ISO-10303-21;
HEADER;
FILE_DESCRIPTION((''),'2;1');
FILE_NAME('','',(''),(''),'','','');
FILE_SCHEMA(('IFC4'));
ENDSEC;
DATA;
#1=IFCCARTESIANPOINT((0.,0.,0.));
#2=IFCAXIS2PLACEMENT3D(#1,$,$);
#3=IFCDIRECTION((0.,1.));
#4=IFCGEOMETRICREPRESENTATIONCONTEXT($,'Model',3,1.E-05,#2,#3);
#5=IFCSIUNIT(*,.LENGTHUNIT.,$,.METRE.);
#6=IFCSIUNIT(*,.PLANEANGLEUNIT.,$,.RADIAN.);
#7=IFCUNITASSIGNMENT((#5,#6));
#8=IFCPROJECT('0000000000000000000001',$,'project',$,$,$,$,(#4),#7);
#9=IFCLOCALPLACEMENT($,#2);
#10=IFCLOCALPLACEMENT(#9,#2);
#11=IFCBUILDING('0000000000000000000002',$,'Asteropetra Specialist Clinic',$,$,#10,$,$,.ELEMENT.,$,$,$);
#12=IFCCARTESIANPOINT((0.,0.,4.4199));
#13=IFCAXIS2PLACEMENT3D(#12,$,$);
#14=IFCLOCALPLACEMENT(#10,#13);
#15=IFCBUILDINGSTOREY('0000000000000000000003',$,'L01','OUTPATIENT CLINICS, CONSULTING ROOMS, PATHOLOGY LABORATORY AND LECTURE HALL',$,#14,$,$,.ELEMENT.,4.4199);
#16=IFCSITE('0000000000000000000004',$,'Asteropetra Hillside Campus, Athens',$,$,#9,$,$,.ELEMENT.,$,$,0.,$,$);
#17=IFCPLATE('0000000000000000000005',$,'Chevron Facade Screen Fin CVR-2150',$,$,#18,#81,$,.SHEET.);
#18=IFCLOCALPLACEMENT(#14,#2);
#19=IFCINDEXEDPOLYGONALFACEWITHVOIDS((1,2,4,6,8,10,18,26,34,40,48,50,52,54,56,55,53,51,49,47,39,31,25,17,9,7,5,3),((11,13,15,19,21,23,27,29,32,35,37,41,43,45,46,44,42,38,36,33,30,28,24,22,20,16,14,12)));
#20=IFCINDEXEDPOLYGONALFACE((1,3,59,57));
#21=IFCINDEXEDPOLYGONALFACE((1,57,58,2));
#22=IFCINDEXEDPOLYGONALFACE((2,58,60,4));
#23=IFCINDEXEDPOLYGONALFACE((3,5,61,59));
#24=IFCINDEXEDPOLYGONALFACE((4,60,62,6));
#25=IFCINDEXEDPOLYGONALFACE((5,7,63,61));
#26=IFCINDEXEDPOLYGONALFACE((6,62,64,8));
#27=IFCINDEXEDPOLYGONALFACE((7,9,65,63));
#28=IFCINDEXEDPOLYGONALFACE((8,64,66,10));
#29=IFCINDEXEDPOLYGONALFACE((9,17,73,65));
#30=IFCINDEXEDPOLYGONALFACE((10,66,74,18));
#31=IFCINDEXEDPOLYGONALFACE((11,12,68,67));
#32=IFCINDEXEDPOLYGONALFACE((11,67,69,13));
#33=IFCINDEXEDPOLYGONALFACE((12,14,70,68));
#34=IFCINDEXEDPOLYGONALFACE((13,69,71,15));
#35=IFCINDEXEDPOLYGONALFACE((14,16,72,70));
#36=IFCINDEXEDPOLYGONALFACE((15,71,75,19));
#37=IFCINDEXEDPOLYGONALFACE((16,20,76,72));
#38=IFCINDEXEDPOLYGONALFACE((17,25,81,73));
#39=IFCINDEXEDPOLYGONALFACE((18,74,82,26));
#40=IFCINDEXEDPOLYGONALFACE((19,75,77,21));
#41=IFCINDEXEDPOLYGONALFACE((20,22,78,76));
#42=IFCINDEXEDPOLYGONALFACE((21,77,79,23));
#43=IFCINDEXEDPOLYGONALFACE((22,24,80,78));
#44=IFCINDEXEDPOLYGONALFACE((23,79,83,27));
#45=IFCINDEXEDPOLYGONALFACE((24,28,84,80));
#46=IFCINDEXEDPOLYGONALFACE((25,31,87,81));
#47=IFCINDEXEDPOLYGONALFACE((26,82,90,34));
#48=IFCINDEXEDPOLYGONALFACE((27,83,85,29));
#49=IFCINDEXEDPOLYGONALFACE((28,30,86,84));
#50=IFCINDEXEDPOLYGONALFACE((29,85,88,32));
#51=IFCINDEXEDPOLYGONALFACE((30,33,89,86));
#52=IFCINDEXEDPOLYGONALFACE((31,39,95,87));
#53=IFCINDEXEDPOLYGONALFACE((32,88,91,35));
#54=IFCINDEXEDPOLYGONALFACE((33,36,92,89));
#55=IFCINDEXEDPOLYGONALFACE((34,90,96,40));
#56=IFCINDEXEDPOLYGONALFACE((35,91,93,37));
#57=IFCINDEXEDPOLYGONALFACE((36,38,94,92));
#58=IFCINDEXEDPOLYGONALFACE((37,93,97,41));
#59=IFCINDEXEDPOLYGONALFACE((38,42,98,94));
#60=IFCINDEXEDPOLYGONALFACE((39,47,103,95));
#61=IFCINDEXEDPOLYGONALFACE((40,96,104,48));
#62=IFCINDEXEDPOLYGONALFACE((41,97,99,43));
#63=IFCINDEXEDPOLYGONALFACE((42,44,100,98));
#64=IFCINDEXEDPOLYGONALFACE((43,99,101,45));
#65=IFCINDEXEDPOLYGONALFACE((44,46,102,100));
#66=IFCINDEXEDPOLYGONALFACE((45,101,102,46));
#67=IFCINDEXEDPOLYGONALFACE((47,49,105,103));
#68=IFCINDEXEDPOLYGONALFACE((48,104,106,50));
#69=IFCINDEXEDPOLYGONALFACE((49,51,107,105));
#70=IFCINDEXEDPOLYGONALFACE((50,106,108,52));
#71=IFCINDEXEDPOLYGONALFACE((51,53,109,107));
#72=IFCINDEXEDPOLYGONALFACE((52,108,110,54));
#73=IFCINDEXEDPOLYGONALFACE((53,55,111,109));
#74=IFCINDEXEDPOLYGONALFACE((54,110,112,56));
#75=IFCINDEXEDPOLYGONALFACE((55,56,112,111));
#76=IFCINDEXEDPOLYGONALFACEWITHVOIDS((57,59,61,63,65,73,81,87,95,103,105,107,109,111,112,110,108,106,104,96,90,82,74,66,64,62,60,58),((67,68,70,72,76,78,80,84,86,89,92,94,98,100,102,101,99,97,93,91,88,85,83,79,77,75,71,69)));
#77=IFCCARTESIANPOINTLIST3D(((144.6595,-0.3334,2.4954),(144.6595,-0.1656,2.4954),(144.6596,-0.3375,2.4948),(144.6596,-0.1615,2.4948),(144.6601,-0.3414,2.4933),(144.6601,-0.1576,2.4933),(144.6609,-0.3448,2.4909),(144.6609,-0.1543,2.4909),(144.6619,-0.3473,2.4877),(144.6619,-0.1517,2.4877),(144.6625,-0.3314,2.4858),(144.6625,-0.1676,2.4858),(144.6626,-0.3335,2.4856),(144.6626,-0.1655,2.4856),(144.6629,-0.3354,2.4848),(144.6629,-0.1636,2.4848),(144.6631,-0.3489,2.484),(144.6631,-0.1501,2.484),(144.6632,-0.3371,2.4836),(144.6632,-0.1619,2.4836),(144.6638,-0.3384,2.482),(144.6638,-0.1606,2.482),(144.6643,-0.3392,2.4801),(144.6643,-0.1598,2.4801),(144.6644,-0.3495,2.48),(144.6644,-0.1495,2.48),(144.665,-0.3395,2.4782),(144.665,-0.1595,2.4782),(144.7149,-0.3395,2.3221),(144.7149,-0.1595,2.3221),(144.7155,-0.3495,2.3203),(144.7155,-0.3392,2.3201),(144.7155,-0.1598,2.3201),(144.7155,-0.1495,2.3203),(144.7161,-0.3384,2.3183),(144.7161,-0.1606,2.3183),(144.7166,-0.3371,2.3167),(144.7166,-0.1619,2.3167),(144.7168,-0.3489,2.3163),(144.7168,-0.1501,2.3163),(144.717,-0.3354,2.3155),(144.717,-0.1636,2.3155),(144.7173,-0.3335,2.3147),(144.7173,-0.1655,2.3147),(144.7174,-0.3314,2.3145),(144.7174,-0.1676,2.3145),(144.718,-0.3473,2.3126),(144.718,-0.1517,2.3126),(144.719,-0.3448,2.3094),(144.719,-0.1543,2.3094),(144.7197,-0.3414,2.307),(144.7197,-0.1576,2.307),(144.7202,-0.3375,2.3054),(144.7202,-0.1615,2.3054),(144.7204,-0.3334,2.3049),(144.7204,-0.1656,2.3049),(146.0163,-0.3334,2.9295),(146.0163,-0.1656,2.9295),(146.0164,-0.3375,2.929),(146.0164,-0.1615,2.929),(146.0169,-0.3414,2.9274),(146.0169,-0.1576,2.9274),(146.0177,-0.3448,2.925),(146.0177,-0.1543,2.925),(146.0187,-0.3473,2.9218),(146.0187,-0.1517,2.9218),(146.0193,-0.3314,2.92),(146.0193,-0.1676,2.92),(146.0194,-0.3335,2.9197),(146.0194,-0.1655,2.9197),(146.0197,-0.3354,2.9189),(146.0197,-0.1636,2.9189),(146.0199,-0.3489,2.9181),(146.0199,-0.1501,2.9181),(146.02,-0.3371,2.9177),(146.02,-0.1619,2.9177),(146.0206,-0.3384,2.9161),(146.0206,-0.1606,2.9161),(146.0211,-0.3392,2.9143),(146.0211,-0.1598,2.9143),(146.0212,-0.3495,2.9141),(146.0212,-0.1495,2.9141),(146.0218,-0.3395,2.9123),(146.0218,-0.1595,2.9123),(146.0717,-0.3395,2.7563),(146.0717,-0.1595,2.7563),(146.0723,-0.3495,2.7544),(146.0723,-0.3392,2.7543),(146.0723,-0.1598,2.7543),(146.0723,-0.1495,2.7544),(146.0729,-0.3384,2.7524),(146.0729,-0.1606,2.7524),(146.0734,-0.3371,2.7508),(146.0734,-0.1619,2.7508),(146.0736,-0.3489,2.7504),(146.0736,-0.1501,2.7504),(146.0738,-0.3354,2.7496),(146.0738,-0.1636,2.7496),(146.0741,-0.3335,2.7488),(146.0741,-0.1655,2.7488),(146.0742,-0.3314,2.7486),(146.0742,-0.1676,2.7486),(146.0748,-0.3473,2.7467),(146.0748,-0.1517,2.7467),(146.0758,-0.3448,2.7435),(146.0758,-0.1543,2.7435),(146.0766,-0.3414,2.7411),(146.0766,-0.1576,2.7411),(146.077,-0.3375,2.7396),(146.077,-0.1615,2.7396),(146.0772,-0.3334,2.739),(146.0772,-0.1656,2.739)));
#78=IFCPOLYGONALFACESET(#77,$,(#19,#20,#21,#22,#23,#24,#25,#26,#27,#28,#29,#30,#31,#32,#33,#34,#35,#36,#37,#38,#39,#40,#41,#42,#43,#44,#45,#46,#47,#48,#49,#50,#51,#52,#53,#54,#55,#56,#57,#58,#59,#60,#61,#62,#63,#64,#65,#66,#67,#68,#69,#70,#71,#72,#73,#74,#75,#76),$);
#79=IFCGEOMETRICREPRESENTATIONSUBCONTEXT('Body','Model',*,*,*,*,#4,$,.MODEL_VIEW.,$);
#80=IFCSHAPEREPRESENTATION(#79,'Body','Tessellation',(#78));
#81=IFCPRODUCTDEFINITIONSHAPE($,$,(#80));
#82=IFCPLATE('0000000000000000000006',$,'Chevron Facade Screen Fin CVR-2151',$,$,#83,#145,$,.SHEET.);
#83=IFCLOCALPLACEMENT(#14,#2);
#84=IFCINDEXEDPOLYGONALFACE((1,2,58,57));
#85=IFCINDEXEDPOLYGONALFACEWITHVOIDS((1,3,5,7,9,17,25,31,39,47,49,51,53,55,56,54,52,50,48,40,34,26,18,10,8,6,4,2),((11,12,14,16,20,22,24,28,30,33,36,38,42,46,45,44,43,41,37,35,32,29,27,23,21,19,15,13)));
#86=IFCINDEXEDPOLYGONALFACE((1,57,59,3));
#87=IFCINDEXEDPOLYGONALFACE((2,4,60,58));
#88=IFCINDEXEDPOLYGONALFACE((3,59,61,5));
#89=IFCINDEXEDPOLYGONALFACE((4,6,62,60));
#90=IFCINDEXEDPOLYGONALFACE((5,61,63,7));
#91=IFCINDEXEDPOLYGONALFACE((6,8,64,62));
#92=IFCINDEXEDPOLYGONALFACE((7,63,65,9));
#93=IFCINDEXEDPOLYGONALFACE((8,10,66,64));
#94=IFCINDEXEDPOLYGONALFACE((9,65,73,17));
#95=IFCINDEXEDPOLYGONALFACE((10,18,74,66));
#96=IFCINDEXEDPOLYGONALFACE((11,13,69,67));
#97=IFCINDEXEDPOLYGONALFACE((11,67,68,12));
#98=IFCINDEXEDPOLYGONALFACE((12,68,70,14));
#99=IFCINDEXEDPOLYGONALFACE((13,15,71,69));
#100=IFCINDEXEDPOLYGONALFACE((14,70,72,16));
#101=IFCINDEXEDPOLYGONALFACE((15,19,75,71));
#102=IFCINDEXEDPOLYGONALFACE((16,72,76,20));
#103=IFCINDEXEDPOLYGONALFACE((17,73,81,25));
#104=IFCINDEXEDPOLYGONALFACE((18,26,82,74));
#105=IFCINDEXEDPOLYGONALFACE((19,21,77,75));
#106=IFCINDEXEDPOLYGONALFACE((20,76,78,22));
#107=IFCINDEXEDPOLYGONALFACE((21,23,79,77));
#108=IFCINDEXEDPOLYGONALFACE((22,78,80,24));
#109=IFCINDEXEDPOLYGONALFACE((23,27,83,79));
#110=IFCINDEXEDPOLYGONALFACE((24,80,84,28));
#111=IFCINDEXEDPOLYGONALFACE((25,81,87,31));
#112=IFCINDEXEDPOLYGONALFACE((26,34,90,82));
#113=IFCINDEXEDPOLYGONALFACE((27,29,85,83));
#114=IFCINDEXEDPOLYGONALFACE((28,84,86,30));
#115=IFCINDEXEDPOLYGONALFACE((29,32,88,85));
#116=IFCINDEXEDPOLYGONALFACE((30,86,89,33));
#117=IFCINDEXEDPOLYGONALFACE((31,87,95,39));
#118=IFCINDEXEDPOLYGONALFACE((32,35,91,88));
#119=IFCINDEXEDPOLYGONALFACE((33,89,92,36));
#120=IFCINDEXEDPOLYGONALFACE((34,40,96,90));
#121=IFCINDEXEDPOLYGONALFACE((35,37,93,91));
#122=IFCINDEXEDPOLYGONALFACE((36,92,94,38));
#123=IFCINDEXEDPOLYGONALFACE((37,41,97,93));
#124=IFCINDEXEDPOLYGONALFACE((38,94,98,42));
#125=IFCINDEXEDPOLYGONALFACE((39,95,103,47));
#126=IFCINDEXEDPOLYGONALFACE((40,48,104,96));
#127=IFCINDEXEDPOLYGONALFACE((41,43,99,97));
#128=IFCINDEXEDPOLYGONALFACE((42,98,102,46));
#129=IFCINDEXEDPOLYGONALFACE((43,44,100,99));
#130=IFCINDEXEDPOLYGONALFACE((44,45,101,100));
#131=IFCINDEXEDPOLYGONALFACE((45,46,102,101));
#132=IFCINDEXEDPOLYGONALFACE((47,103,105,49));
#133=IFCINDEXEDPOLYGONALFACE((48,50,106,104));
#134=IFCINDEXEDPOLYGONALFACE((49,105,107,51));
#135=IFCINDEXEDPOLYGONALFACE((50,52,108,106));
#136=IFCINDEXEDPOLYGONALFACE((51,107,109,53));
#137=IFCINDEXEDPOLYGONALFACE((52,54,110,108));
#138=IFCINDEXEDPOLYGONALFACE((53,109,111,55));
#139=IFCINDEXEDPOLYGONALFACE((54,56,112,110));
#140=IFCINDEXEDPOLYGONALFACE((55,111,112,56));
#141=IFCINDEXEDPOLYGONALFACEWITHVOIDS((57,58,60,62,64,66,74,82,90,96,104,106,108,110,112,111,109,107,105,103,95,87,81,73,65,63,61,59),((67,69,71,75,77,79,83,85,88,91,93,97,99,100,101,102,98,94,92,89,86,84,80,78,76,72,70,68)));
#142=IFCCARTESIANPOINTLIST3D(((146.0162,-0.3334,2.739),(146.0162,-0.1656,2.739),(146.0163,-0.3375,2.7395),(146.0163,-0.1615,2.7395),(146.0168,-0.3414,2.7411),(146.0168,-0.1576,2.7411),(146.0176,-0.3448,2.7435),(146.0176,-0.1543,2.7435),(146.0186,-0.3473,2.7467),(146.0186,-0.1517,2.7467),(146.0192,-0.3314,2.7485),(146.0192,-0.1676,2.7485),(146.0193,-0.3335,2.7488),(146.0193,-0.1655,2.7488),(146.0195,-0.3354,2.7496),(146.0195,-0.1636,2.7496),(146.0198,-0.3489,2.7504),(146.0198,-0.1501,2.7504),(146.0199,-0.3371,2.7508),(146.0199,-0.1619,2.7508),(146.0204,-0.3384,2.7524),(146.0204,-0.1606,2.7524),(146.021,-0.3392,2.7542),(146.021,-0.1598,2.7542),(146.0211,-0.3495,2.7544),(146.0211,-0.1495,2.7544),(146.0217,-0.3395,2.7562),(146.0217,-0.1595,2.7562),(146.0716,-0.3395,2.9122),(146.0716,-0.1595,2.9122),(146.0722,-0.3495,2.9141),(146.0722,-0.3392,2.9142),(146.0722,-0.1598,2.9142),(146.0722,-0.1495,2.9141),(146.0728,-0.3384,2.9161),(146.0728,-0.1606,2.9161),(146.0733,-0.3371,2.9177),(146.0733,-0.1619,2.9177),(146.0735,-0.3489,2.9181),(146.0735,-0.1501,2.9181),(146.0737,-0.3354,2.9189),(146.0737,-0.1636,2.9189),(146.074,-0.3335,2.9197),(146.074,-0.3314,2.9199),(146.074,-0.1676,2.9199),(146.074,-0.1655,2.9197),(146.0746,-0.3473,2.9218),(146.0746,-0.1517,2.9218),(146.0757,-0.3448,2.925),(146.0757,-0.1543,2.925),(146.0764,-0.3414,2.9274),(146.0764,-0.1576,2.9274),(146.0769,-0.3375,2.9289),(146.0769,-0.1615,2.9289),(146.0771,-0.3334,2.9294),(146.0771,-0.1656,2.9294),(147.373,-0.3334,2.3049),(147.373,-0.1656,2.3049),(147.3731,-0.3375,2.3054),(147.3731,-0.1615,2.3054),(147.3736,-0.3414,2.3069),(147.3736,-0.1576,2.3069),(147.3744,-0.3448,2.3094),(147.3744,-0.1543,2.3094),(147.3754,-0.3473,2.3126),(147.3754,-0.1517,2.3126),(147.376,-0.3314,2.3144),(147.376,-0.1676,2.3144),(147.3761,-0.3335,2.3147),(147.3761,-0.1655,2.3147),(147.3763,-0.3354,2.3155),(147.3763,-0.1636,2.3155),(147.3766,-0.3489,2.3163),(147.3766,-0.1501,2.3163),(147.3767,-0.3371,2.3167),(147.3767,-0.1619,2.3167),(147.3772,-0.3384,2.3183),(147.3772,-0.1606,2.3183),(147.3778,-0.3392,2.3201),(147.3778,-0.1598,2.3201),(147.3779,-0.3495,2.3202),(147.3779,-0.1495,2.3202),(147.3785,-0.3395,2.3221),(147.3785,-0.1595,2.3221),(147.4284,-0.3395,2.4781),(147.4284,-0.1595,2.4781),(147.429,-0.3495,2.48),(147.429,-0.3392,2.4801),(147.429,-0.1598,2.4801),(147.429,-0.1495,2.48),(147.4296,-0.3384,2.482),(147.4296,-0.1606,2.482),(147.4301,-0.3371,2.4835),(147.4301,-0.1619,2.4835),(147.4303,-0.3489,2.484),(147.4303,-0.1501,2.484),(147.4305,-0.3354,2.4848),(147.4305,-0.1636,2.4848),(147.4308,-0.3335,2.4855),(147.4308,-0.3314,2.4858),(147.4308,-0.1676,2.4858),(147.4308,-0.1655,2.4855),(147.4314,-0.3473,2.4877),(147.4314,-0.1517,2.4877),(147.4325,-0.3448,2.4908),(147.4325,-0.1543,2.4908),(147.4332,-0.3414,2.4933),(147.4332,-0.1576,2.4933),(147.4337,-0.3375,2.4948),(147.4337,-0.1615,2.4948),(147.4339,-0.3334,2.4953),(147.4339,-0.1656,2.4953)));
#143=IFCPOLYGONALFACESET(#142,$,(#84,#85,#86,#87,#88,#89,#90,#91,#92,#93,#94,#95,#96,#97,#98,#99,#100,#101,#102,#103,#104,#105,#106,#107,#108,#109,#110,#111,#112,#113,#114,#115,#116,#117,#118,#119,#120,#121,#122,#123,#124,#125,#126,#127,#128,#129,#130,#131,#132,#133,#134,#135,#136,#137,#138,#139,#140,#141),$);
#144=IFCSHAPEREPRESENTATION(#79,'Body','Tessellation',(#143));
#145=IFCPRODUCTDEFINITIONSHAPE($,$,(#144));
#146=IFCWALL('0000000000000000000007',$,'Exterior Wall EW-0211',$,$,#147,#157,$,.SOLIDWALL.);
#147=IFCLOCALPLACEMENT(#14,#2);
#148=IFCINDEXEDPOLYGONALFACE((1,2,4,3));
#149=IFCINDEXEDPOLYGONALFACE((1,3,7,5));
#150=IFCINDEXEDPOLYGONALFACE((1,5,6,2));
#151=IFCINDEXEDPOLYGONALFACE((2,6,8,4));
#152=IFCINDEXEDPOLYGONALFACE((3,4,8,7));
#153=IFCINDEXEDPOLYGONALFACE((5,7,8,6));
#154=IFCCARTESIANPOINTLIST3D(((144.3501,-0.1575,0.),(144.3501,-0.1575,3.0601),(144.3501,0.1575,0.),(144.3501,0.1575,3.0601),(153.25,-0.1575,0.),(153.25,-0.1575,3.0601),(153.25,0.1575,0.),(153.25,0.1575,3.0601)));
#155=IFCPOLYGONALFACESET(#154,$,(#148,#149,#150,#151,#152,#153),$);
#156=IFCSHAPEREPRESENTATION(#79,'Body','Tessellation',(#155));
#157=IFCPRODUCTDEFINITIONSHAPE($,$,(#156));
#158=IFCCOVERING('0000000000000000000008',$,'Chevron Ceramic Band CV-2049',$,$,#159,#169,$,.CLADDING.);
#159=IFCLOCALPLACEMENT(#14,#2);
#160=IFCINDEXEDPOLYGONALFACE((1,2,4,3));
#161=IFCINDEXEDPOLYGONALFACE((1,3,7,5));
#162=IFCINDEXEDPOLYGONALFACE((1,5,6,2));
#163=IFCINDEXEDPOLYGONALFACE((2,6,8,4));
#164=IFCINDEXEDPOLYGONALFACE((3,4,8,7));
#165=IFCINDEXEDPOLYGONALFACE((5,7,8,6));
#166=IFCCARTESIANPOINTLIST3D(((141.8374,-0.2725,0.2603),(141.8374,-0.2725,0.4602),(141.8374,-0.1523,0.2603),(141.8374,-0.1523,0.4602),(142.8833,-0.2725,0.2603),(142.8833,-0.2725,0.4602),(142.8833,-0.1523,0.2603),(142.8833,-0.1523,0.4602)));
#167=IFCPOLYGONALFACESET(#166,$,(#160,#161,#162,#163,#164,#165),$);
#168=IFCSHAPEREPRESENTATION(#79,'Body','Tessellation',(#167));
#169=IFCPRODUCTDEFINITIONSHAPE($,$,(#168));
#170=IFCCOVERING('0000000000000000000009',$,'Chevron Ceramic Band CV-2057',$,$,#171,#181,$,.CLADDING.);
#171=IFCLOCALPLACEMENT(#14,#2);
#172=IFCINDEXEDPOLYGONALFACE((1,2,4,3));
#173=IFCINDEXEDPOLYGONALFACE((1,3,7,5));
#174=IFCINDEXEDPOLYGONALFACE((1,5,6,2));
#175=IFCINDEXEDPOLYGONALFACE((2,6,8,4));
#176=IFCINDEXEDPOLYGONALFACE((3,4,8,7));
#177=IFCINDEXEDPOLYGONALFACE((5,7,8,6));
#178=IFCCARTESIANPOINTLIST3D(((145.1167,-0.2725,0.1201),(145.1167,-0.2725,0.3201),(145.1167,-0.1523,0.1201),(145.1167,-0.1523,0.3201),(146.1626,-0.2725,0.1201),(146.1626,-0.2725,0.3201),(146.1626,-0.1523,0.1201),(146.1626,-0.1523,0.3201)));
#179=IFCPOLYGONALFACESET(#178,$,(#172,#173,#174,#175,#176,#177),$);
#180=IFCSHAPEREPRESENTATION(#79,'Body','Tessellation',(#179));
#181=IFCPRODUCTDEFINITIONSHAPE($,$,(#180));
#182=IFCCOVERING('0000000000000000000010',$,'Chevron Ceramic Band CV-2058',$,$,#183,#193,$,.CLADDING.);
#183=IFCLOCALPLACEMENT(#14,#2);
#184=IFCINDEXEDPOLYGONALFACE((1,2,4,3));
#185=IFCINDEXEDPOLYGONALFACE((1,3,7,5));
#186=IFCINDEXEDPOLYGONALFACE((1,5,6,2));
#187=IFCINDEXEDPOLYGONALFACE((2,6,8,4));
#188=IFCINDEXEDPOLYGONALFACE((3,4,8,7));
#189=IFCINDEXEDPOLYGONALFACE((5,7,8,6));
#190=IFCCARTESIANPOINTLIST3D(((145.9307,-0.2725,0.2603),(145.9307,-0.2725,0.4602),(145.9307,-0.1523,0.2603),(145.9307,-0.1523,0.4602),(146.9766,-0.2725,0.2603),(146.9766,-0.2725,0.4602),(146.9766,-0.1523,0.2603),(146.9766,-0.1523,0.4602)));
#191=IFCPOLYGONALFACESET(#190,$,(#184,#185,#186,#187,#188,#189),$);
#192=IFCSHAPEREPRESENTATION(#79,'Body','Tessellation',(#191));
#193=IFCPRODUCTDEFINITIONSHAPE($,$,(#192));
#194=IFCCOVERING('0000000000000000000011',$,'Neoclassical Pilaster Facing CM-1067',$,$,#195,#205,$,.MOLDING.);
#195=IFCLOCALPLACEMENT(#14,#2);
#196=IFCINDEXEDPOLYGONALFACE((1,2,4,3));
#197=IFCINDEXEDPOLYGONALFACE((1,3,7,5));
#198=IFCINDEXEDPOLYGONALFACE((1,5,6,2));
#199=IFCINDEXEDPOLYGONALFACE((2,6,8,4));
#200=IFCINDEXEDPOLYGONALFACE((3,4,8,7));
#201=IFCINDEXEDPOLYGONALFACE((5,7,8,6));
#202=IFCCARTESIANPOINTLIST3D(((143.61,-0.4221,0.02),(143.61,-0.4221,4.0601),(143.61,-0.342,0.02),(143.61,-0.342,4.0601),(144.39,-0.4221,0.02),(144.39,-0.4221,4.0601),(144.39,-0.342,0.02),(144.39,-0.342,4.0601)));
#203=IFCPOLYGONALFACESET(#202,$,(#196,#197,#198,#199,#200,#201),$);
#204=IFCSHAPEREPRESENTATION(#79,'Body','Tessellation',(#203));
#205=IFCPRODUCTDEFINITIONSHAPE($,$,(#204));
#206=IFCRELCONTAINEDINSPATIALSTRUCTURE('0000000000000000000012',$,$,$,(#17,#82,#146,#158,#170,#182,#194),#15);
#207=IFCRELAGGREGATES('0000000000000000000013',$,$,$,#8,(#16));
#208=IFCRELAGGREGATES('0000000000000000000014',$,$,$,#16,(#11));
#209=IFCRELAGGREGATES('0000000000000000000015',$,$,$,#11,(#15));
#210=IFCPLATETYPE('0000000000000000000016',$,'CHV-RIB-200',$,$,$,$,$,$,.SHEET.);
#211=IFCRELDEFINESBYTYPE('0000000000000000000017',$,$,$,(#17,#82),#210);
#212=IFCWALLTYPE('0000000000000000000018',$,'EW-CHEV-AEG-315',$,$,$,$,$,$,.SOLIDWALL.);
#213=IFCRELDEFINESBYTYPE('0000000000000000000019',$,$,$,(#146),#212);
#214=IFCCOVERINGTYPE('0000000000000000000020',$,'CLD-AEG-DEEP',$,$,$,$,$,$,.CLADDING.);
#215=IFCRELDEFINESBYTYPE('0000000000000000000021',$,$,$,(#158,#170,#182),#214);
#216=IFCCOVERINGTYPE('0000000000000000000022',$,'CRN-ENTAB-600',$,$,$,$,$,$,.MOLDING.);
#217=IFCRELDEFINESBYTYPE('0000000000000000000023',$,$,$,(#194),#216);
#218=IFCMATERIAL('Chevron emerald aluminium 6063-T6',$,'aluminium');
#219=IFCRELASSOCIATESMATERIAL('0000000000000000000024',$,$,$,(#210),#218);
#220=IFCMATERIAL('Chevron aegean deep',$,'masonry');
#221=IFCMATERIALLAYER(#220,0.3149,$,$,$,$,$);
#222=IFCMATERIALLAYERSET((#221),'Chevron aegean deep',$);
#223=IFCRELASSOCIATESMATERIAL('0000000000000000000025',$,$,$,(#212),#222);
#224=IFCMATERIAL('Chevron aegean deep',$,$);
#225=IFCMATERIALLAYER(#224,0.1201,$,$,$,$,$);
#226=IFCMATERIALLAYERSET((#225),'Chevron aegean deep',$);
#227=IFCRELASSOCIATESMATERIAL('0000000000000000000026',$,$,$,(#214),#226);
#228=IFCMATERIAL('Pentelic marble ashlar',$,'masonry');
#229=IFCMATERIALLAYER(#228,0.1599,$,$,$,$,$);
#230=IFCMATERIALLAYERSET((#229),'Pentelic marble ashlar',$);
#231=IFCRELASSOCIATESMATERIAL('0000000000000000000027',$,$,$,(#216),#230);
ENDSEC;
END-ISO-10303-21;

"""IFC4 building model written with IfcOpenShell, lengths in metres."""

from ifc_helpers import new_model, si_unit, direction, frame, frame_2d, origin, origin_2d, place, context, subcontext, project, spatial, rectangle, hollow_rectangle, extrude, material, layer, layer_set, material_profile, profile_set, type_object, element, save


model = new_model("IFC4")

# Units and contexts
model_context = context("Model", 3, precision=1e-05, world=origin(), true_north=direction((0.0, 1.0)))
body_context = subcontext(model_context, "Body", "Model", "MODEL_VIEW")
ifc_project = project(units=[si_unit("LENGTHUNIT", "METRE"), si_unit("PLANEANGLEUNIT", "RADIAN")], contexts=[model_context])

# Site, building, storey
site_placement = place(None, origin())
site = spatial("IfcSite", under=ifc_project, at=site_placement, Name="Asteropetra Hillside Campus, Athens", CompositionType="ELEMENT", RefElevation=0.0)
building_placement = place(site_placement, origin())
building = spatial("IfcBuilding", under=site, at=building_placement, Name="Asteropetra Specialist Clinic", CompositionType="ELEMENT")
storey_placement = place(building_placement, frame((0.0, 0.0, 4.4199)))
storey = spatial("IfcBuildingStorey", under=building, at=storey_placement, Name="L01", Description="OUTPATIENT CLINICS, CONSULTING ROOMS, PATHOLOGY LABORATORY AND LECTURE HALL", CompositionType="ELEMENT", Elevation=4.4199)

# Plates
ifc_material_1 = material(Name="Chevron emerald aluminium 6063-T6", Category="aluminium")
ifc_material_profile_1 = material_profile(ifc_material_1, hollow_rectangle(XDim=0.2, YDim=0.2, WallThickness=0.01, InnerFilletRadius=0.0081, OuterFilletRadius=0.0161, at=origin_2d()), Name="SHS 200x200x10.0")
ifc_profile_set_1 = profile_set([ifc_material_profile_1], Name="Chevron emerald aluminium 6063-T6")
plate_type = type_object("IfcPlateType", Name="CHV-RIB-200", PredefinedType="SHEET", material=ifc_profile_set_1)
for number, where, z_axis, x_axis, name in (
    (1, (144.6899, -0.2495, 2.4001), (0.952436, 0.0, 0.304738), (0.0, 1.0, 0.0), "Chevron Facade Screen Fin CVR-2150"),
    (2, (146.0466, -0.2495, 2.8342), (0.952436, 0.0, -0.304738), (0.0, 1.0, 0.0), "Chevron Facade Screen Fin CVR-2151"),
):
    element("IfcPlate", number, at=place(storey_placement, frame(where, z_axis=z_axis, x_axis=x_axis)), inside=storey, type_object=plate_type, Name=name, PredefinedType="SHEET", context=body_context, shape_type="SweptSolid", body=[
        extrude(hollow_rectangle(XDim=0.2, YDim=0.2, WallThickness=0.01, InnerFilletRadius=0.0081, OuterFilletRadius=0.0161, at=origin_2d()), origin(), (0.0, 0.0, 1.0), 1.4246),
    ])

# Wall
ifc_material_2 = material(Name="Chevron aegean deep", Category="masonry")
ifc_layer_1 = layer(ifc_material_2, 0.3149)
ifc_layer_set_1 = layer_set([ifc_layer_1], Name="Chevron aegean deep")
wall_type = type_object("IfcWallType", Name="EW-CHEV-AEG-315", PredefinedType="SOLIDWALL", material=ifc_layer_set_1)
wall_placement = place(storey_placement, frame((144.3501, 0.0, 0.0), z_axis=(0.0, 0.0, 1.0), x_axis=(1.0, 0.0, 0.0)))
element("IfcWall", 3, at=wall_placement, inside=storey, type_object=wall_type, Name="Exterior Wall EW-0211", PredefinedType="SOLIDWALL", context=body_context, shape_type="SweptSolid", body=[
    extrude(rectangle(XDim=8.8999, YDim=0.3149, at=frame_2d((4.45, 0.0))), origin(), (0.0, 0.0, 1.0), 3.0601),
])

# Coverings
ifc_material_3 = material(Name="Chevron aegean deep")
ifc_layer_2 = layer(ifc_material_3, 0.1201)
ifc_layer_set_2 = layer_set([ifc_layer_2], Name="Chevron aegean deep")
covering_type_1 = type_object("IfcCoveringType", Name="CLD-AEG-DEEP", PredefinedType="CLADDING", material=ifc_layer_set_2)
for number, where, z_axis, x_axis, name in (
    (4, (142.3604, -0.2124, 0.2603), (0.0, 0.0, 1.0), (1.0, 0.0, 0.0), "Chevron Ceramic Band CV-2049"),
    (5, (145.6396, -0.2124, 0.1201), (0.0, 0.0, 1.0), (1.0, 0.0, 0.0), "Chevron Ceramic Band CV-2057"),
    (6, (146.4536, -0.2124, 0.2603), (0.0, 0.0, 1.0), (1.0, 0.0, 0.0), "Chevron Ceramic Band CV-2058"),
):
    element("IfcCovering", number, at=place(storey_placement, frame(where, z_axis=z_axis, x_axis=x_axis)), inside=storey, type_object=covering_type_1, Name=name, PredefinedType="CLADDING", context=body_context, shape_type="SweptSolid", body=[
        extrude(rectangle(XDim=1.0459, YDim=0.1201, at=origin_2d()), origin(), (0.0, 0.0, 1.0), 0.2),
    ])
ifc_material_4 = material(Name="Pentelic marble ashlar", Category="masonry")
ifc_layer_3 = layer(ifc_material_4, 0.1599)
ifc_layer_set_3 = layer_set([ifc_layer_3], Name="Pentelic marble ashlar")
covering_type_2 = type_object("IfcCoveringType", Name="CRN-ENTAB-600", PredefinedType="MOLDING", material=ifc_layer_set_3)
covering_placement = place(storey_placement, frame((144.0, -0.3821, 0.02), z_axis=(0.0, 0.0, 1.0), x_axis=(1.0, 0.0, 0.0)))
element("IfcCovering", 7, at=covering_placement, inside=storey, type_object=covering_type_2, Name="Neoclassical Pilaster Facing CM-1067", PredefinedType="MOLDING", context=body_context, shape_type="SweptSolid", body=[
    extrude(rectangle(XDim=0.78, YDim=0.0801, at=origin_2d()), origin(), (0.0, 0.0, 1.0), 4.04),
])

save(model, "model.ifc")
